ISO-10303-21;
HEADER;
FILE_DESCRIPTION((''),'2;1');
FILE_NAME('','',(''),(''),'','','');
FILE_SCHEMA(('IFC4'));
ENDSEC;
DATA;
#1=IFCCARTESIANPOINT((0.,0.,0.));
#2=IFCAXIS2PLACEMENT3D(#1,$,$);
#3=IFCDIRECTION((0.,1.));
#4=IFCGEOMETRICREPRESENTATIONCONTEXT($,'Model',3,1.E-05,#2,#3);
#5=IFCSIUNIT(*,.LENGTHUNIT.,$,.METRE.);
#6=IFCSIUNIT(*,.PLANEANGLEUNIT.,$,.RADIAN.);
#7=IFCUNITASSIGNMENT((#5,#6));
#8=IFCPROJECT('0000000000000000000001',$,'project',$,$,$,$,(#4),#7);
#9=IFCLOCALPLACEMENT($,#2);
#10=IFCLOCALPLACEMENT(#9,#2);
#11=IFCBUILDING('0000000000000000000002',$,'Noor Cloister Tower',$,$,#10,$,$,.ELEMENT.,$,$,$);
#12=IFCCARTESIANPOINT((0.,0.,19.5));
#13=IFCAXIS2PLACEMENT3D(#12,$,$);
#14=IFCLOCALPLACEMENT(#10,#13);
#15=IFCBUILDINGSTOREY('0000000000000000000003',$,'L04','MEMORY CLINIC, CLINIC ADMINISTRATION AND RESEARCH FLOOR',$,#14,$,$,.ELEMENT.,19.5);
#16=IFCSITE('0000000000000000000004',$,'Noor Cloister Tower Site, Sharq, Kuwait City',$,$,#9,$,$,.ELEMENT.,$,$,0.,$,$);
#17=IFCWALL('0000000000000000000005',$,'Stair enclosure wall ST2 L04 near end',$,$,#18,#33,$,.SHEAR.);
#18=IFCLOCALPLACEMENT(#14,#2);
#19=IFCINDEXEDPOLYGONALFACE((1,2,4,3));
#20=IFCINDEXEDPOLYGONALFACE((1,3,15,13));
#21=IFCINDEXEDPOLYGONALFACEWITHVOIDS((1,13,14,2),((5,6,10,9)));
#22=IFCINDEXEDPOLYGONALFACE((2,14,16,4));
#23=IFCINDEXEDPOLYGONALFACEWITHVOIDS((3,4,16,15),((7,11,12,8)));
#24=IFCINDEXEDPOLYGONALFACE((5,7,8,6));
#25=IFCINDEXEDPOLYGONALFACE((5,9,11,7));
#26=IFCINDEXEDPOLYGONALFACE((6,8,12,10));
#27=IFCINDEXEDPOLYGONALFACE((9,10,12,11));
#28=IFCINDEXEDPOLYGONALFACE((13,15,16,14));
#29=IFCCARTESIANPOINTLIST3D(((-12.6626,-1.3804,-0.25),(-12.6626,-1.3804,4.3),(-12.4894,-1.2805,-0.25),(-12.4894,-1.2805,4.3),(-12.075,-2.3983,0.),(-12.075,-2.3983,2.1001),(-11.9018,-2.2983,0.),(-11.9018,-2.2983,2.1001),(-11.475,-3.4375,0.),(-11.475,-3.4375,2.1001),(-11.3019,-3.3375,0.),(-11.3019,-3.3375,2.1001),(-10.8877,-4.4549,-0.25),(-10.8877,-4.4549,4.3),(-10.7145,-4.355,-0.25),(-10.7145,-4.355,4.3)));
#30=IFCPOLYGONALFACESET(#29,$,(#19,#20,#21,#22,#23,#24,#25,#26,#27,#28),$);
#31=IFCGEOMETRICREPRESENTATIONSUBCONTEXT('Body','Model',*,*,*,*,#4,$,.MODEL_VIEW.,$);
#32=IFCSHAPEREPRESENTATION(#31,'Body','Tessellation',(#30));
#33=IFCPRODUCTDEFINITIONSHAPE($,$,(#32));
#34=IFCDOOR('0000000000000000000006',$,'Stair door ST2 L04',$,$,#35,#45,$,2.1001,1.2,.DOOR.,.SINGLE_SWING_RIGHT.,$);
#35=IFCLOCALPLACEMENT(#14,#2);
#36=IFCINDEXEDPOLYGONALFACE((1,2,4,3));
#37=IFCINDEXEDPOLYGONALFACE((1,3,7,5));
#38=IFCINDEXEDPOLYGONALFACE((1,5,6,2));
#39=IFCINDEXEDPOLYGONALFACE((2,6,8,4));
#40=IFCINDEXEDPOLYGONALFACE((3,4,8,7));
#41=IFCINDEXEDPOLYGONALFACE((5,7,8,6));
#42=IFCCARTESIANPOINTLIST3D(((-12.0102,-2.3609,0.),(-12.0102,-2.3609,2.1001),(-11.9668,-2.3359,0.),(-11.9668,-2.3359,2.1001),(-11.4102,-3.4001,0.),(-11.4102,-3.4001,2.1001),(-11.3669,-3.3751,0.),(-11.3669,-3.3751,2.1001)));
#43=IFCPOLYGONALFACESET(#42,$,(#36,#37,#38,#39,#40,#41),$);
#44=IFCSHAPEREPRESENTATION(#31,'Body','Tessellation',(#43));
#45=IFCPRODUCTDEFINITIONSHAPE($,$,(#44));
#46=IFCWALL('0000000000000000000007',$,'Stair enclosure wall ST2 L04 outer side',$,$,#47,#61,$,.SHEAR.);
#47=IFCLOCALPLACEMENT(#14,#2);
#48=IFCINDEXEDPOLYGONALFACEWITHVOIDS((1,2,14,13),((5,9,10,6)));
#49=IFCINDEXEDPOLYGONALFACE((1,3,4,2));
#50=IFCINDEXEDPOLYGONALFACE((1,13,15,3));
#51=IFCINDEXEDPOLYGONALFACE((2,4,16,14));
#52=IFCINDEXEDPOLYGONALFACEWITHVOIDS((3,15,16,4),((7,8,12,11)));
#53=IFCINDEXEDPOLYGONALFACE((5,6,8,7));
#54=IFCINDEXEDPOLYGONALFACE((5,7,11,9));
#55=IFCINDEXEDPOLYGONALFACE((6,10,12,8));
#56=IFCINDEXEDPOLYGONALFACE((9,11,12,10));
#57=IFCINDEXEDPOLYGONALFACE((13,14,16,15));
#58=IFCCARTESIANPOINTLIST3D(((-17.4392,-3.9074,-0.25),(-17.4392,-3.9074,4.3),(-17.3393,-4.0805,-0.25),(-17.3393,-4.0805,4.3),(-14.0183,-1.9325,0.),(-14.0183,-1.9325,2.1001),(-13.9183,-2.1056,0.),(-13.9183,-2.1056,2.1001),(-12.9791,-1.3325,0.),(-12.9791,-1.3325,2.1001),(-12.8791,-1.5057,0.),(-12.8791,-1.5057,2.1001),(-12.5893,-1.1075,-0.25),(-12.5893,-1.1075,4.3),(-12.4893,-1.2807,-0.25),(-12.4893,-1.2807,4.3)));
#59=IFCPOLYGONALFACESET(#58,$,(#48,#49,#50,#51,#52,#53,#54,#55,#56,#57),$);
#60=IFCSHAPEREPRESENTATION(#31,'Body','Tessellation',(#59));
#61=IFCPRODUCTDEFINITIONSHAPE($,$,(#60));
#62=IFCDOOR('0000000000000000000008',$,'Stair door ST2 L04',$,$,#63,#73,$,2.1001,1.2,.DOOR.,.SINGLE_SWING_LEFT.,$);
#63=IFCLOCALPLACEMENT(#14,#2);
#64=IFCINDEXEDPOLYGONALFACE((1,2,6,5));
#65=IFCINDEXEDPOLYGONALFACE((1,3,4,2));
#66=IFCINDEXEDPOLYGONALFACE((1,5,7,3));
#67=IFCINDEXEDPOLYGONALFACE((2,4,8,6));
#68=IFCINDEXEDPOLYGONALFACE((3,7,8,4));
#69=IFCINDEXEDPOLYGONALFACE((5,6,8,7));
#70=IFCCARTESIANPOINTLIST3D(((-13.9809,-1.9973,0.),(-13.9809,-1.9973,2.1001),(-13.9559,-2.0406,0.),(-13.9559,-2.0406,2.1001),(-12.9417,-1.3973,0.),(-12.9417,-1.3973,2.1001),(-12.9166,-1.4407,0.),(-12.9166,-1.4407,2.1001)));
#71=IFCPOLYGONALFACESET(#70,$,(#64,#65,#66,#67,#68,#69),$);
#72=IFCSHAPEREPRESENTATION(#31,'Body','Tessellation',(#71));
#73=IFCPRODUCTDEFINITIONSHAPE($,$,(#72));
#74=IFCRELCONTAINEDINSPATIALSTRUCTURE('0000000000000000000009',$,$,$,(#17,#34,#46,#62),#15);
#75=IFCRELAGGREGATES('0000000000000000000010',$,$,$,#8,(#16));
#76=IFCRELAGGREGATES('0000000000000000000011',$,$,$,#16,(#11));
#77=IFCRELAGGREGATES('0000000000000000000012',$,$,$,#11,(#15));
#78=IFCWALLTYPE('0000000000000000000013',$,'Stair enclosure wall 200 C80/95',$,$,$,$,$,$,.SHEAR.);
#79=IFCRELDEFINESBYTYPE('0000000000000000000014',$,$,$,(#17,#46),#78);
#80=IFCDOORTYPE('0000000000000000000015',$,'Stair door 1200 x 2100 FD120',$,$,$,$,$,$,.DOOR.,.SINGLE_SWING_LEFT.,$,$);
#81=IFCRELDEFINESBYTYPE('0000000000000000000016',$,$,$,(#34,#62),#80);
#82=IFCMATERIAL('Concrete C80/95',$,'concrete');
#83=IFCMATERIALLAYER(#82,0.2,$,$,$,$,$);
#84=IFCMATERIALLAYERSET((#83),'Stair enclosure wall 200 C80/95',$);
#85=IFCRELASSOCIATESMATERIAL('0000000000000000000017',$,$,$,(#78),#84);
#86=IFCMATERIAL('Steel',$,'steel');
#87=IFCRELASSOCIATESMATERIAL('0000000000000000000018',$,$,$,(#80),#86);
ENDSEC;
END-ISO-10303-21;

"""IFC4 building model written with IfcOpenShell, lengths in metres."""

from ifc_helpers import new_model, si_unit, direction, frame, frame_2d, origin, place, context, subcontext, project, spatial, rectangle, extrude, material, layer, layer_set, type_object, element, fill, save


model = new_model("IFC4")

# Units and contexts
model_context = context("Model", 3, precision=1e-05, world=origin(), true_north=direction((0.0, 1.0)))
body_context = subcontext(model_context, "Body", "Model", "MODEL_VIEW")
ifc_project = project(units=[si_unit("LENGTHUNIT", "METRE"), si_unit("PLANEANGLEUNIT", "RADIAN")], contexts=[model_context])

# Site, building, storey
site_placement = place(None, origin())
site = spatial("IfcSite", under=ifc_project, at=site_placement, Name="Noor Cloister Tower Site, Sharq, Kuwait City", CompositionType="ELEMENT", RefElevation=0.0)
building_placement = place(site_placement, origin())
building = spatial("IfcBuilding", under=site, at=building_placement, Name="Noor Cloister Tower", CompositionType="ELEMENT")
storey_placement = place(building_placement, frame((0.0, 0.0, 19.5)))
storey = spatial("IfcBuildingStorey", under=building, at=storey_placement, Name="L04", Description="MEMORY CLINIC, CLINIC ADMINISTRATION AND RESEARCH FLOOR", CompositionType="ELEMENT", Elevation=19.5)

# Walls, openings, doors
ifc_material_1 = material(Name="Concrete C80/95", Category="concrete")
ifc_layer_1 = layer(ifc_material_1, 0.2)
ifc_layer_set_1 = layer_set([ifc_layer_1], Name="Stair enclosure wall 200 C80/95")
wall_type_1 = type_object("IfcWallType", Name="Stair enclosure wall 200 C80/95", PredefinedType="SHEAR", material=ifc_layer_set_1)
wall_1_placement = place(storey_placement, frame((-12.5759, -1.3306, -0.25), z_axis=(0.0, 0.0, 1.0), x_axis=(0.49997, -0.866042, 0.0)))
wall_1 = element("IfcWall", 1, at=wall_1_placement, inside=storey, type_object=wall_type_1, Name="Stair enclosure wall ST2 L04 near end", PredefinedType="SHEAR", context=body_context, shape_type="SweptSolid", body=[
    extrude(rectangle(XDim=3.55, YDim=0.2, at=frame_2d((1.7749, 0.0))), origin(), (0.0, 0.0, 1.0), 4.55),
])
opening_1_placement = place(wall_1_placement, frame((1.175, 0.0, 0.25)))
opening_1 = element("IfcOpeningElement", 2, at=opening_1_placement, cuts=wall_1, PredefinedType="OPENING", context=body_context, shape_type="SweptSolid", body=[
    extrude(rectangle(XDim=1.2, YDim=2.1001, at=frame_2d((0.6001, 1.05))), frame((0.0, 0.1099, 0.0), z_axis=(0.0, -1.0, 0.0), x_axis=(1.0, 0.0, 0.0)), (0.0, 0.0, 1.0), 0.22),
])
ifc_material_2 = material(Name="Steel", Category="steel")
door_type_1 = type_object("IfcDoorType", Name="Stair door 1200 x 2100 FD120", OperationType="SINGLE_SWING_LEFT", PredefinedType="DOOR", material=ifc_material_2)
door_1_placement = place(opening_1_placement, origin())
door_1 = element("IfcDoor", 3, at=door_1_placement, inside=storey, type_object=door_type_1, Name="Stair door ST2 L04", OperationType="SINGLE_SWING_RIGHT", OverallHeight=2.1001, OverallWidth=1.2, PredefinedType="DOOR", context=body_context, shape_type="SweptSolid", body=[
    extrude(rectangle(XDim=1.2, YDim=2.1001, at=frame_2d((0.6001, 1.05))), frame((0.0, 0.0249, 0.0), z_axis=(0.0, -1.0, 0.0), x_axis=(1.0, 0.0, 0.0)), (0.0, 0.0, 1.0), 0.05),
])
fill(opening_1, door_1)
wall_2_placement = place(storey_placement, frame((-12.5393, -1.1941, -0.25), z_axis=(0.0, 0.0, 1.0), x_axis=(-0.866045, -0.499965, 0.0)))
wall_2 = element("IfcWall", 4, at=wall_2_placement, inside=storey, type_object=wall_type_1, Name="Stair enclosure wall ST2 L04 outer side", PredefinedType="SHEAR", context=body_context, shape_type="SweptSolid", body=[
    extrude(rectangle(XDim=5.6001, YDim=0.2, at=frame_2d((2.8, 0.0))), origin(), (0.0, 0.0, 1.0), 4.55),
])
opening_2_placement = place(wall_2_placement, frame((0.45, 0.0, 0.25)))
opening_2 = element("IfcOpeningElement", 5, at=opening_2_placement, cuts=wall_2, PredefinedType="OPENING", context=body_context, shape_type="SweptSolid", body=[
    extrude(rectangle(XDim=1.2, YDim=2.1001, at=frame_2d((0.6001, 1.05))), frame((0.0, 0.1099, 0.0), z_axis=(0.0, -1.0, 0.0), x_axis=(1.0, 0.0, 0.0)), (0.0, 0.0, 1.0), 0.22),
])
door_2_placement = place(opening_2_placement, origin())
door_2 = element("IfcDoor", 6, at=door_2_placement, inside=storey, type_object=door_type_1, Name="Stair door ST2 L04", OperationType="SINGLE_SWING_LEFT", OverallHeight=2.1001, OverallWidth=1.2, PredefinedType="DOOR", context=body_context, shape_type="SweptSolid", body=[
    extrude(rectangle(XDim=1.2, YDim=2.1001, at=frame_2d((0.6001, 1.05))), frame((0.0, 0.0249, 0.0), z_axis=(0.0, -1.0, 0.0), x_axis=(1.0, 0.0, 0.0)), (0.0, 0.0, 1.0), 0.05),
])
fill(opening_2, door_2)

save(model, "model.ifc")
